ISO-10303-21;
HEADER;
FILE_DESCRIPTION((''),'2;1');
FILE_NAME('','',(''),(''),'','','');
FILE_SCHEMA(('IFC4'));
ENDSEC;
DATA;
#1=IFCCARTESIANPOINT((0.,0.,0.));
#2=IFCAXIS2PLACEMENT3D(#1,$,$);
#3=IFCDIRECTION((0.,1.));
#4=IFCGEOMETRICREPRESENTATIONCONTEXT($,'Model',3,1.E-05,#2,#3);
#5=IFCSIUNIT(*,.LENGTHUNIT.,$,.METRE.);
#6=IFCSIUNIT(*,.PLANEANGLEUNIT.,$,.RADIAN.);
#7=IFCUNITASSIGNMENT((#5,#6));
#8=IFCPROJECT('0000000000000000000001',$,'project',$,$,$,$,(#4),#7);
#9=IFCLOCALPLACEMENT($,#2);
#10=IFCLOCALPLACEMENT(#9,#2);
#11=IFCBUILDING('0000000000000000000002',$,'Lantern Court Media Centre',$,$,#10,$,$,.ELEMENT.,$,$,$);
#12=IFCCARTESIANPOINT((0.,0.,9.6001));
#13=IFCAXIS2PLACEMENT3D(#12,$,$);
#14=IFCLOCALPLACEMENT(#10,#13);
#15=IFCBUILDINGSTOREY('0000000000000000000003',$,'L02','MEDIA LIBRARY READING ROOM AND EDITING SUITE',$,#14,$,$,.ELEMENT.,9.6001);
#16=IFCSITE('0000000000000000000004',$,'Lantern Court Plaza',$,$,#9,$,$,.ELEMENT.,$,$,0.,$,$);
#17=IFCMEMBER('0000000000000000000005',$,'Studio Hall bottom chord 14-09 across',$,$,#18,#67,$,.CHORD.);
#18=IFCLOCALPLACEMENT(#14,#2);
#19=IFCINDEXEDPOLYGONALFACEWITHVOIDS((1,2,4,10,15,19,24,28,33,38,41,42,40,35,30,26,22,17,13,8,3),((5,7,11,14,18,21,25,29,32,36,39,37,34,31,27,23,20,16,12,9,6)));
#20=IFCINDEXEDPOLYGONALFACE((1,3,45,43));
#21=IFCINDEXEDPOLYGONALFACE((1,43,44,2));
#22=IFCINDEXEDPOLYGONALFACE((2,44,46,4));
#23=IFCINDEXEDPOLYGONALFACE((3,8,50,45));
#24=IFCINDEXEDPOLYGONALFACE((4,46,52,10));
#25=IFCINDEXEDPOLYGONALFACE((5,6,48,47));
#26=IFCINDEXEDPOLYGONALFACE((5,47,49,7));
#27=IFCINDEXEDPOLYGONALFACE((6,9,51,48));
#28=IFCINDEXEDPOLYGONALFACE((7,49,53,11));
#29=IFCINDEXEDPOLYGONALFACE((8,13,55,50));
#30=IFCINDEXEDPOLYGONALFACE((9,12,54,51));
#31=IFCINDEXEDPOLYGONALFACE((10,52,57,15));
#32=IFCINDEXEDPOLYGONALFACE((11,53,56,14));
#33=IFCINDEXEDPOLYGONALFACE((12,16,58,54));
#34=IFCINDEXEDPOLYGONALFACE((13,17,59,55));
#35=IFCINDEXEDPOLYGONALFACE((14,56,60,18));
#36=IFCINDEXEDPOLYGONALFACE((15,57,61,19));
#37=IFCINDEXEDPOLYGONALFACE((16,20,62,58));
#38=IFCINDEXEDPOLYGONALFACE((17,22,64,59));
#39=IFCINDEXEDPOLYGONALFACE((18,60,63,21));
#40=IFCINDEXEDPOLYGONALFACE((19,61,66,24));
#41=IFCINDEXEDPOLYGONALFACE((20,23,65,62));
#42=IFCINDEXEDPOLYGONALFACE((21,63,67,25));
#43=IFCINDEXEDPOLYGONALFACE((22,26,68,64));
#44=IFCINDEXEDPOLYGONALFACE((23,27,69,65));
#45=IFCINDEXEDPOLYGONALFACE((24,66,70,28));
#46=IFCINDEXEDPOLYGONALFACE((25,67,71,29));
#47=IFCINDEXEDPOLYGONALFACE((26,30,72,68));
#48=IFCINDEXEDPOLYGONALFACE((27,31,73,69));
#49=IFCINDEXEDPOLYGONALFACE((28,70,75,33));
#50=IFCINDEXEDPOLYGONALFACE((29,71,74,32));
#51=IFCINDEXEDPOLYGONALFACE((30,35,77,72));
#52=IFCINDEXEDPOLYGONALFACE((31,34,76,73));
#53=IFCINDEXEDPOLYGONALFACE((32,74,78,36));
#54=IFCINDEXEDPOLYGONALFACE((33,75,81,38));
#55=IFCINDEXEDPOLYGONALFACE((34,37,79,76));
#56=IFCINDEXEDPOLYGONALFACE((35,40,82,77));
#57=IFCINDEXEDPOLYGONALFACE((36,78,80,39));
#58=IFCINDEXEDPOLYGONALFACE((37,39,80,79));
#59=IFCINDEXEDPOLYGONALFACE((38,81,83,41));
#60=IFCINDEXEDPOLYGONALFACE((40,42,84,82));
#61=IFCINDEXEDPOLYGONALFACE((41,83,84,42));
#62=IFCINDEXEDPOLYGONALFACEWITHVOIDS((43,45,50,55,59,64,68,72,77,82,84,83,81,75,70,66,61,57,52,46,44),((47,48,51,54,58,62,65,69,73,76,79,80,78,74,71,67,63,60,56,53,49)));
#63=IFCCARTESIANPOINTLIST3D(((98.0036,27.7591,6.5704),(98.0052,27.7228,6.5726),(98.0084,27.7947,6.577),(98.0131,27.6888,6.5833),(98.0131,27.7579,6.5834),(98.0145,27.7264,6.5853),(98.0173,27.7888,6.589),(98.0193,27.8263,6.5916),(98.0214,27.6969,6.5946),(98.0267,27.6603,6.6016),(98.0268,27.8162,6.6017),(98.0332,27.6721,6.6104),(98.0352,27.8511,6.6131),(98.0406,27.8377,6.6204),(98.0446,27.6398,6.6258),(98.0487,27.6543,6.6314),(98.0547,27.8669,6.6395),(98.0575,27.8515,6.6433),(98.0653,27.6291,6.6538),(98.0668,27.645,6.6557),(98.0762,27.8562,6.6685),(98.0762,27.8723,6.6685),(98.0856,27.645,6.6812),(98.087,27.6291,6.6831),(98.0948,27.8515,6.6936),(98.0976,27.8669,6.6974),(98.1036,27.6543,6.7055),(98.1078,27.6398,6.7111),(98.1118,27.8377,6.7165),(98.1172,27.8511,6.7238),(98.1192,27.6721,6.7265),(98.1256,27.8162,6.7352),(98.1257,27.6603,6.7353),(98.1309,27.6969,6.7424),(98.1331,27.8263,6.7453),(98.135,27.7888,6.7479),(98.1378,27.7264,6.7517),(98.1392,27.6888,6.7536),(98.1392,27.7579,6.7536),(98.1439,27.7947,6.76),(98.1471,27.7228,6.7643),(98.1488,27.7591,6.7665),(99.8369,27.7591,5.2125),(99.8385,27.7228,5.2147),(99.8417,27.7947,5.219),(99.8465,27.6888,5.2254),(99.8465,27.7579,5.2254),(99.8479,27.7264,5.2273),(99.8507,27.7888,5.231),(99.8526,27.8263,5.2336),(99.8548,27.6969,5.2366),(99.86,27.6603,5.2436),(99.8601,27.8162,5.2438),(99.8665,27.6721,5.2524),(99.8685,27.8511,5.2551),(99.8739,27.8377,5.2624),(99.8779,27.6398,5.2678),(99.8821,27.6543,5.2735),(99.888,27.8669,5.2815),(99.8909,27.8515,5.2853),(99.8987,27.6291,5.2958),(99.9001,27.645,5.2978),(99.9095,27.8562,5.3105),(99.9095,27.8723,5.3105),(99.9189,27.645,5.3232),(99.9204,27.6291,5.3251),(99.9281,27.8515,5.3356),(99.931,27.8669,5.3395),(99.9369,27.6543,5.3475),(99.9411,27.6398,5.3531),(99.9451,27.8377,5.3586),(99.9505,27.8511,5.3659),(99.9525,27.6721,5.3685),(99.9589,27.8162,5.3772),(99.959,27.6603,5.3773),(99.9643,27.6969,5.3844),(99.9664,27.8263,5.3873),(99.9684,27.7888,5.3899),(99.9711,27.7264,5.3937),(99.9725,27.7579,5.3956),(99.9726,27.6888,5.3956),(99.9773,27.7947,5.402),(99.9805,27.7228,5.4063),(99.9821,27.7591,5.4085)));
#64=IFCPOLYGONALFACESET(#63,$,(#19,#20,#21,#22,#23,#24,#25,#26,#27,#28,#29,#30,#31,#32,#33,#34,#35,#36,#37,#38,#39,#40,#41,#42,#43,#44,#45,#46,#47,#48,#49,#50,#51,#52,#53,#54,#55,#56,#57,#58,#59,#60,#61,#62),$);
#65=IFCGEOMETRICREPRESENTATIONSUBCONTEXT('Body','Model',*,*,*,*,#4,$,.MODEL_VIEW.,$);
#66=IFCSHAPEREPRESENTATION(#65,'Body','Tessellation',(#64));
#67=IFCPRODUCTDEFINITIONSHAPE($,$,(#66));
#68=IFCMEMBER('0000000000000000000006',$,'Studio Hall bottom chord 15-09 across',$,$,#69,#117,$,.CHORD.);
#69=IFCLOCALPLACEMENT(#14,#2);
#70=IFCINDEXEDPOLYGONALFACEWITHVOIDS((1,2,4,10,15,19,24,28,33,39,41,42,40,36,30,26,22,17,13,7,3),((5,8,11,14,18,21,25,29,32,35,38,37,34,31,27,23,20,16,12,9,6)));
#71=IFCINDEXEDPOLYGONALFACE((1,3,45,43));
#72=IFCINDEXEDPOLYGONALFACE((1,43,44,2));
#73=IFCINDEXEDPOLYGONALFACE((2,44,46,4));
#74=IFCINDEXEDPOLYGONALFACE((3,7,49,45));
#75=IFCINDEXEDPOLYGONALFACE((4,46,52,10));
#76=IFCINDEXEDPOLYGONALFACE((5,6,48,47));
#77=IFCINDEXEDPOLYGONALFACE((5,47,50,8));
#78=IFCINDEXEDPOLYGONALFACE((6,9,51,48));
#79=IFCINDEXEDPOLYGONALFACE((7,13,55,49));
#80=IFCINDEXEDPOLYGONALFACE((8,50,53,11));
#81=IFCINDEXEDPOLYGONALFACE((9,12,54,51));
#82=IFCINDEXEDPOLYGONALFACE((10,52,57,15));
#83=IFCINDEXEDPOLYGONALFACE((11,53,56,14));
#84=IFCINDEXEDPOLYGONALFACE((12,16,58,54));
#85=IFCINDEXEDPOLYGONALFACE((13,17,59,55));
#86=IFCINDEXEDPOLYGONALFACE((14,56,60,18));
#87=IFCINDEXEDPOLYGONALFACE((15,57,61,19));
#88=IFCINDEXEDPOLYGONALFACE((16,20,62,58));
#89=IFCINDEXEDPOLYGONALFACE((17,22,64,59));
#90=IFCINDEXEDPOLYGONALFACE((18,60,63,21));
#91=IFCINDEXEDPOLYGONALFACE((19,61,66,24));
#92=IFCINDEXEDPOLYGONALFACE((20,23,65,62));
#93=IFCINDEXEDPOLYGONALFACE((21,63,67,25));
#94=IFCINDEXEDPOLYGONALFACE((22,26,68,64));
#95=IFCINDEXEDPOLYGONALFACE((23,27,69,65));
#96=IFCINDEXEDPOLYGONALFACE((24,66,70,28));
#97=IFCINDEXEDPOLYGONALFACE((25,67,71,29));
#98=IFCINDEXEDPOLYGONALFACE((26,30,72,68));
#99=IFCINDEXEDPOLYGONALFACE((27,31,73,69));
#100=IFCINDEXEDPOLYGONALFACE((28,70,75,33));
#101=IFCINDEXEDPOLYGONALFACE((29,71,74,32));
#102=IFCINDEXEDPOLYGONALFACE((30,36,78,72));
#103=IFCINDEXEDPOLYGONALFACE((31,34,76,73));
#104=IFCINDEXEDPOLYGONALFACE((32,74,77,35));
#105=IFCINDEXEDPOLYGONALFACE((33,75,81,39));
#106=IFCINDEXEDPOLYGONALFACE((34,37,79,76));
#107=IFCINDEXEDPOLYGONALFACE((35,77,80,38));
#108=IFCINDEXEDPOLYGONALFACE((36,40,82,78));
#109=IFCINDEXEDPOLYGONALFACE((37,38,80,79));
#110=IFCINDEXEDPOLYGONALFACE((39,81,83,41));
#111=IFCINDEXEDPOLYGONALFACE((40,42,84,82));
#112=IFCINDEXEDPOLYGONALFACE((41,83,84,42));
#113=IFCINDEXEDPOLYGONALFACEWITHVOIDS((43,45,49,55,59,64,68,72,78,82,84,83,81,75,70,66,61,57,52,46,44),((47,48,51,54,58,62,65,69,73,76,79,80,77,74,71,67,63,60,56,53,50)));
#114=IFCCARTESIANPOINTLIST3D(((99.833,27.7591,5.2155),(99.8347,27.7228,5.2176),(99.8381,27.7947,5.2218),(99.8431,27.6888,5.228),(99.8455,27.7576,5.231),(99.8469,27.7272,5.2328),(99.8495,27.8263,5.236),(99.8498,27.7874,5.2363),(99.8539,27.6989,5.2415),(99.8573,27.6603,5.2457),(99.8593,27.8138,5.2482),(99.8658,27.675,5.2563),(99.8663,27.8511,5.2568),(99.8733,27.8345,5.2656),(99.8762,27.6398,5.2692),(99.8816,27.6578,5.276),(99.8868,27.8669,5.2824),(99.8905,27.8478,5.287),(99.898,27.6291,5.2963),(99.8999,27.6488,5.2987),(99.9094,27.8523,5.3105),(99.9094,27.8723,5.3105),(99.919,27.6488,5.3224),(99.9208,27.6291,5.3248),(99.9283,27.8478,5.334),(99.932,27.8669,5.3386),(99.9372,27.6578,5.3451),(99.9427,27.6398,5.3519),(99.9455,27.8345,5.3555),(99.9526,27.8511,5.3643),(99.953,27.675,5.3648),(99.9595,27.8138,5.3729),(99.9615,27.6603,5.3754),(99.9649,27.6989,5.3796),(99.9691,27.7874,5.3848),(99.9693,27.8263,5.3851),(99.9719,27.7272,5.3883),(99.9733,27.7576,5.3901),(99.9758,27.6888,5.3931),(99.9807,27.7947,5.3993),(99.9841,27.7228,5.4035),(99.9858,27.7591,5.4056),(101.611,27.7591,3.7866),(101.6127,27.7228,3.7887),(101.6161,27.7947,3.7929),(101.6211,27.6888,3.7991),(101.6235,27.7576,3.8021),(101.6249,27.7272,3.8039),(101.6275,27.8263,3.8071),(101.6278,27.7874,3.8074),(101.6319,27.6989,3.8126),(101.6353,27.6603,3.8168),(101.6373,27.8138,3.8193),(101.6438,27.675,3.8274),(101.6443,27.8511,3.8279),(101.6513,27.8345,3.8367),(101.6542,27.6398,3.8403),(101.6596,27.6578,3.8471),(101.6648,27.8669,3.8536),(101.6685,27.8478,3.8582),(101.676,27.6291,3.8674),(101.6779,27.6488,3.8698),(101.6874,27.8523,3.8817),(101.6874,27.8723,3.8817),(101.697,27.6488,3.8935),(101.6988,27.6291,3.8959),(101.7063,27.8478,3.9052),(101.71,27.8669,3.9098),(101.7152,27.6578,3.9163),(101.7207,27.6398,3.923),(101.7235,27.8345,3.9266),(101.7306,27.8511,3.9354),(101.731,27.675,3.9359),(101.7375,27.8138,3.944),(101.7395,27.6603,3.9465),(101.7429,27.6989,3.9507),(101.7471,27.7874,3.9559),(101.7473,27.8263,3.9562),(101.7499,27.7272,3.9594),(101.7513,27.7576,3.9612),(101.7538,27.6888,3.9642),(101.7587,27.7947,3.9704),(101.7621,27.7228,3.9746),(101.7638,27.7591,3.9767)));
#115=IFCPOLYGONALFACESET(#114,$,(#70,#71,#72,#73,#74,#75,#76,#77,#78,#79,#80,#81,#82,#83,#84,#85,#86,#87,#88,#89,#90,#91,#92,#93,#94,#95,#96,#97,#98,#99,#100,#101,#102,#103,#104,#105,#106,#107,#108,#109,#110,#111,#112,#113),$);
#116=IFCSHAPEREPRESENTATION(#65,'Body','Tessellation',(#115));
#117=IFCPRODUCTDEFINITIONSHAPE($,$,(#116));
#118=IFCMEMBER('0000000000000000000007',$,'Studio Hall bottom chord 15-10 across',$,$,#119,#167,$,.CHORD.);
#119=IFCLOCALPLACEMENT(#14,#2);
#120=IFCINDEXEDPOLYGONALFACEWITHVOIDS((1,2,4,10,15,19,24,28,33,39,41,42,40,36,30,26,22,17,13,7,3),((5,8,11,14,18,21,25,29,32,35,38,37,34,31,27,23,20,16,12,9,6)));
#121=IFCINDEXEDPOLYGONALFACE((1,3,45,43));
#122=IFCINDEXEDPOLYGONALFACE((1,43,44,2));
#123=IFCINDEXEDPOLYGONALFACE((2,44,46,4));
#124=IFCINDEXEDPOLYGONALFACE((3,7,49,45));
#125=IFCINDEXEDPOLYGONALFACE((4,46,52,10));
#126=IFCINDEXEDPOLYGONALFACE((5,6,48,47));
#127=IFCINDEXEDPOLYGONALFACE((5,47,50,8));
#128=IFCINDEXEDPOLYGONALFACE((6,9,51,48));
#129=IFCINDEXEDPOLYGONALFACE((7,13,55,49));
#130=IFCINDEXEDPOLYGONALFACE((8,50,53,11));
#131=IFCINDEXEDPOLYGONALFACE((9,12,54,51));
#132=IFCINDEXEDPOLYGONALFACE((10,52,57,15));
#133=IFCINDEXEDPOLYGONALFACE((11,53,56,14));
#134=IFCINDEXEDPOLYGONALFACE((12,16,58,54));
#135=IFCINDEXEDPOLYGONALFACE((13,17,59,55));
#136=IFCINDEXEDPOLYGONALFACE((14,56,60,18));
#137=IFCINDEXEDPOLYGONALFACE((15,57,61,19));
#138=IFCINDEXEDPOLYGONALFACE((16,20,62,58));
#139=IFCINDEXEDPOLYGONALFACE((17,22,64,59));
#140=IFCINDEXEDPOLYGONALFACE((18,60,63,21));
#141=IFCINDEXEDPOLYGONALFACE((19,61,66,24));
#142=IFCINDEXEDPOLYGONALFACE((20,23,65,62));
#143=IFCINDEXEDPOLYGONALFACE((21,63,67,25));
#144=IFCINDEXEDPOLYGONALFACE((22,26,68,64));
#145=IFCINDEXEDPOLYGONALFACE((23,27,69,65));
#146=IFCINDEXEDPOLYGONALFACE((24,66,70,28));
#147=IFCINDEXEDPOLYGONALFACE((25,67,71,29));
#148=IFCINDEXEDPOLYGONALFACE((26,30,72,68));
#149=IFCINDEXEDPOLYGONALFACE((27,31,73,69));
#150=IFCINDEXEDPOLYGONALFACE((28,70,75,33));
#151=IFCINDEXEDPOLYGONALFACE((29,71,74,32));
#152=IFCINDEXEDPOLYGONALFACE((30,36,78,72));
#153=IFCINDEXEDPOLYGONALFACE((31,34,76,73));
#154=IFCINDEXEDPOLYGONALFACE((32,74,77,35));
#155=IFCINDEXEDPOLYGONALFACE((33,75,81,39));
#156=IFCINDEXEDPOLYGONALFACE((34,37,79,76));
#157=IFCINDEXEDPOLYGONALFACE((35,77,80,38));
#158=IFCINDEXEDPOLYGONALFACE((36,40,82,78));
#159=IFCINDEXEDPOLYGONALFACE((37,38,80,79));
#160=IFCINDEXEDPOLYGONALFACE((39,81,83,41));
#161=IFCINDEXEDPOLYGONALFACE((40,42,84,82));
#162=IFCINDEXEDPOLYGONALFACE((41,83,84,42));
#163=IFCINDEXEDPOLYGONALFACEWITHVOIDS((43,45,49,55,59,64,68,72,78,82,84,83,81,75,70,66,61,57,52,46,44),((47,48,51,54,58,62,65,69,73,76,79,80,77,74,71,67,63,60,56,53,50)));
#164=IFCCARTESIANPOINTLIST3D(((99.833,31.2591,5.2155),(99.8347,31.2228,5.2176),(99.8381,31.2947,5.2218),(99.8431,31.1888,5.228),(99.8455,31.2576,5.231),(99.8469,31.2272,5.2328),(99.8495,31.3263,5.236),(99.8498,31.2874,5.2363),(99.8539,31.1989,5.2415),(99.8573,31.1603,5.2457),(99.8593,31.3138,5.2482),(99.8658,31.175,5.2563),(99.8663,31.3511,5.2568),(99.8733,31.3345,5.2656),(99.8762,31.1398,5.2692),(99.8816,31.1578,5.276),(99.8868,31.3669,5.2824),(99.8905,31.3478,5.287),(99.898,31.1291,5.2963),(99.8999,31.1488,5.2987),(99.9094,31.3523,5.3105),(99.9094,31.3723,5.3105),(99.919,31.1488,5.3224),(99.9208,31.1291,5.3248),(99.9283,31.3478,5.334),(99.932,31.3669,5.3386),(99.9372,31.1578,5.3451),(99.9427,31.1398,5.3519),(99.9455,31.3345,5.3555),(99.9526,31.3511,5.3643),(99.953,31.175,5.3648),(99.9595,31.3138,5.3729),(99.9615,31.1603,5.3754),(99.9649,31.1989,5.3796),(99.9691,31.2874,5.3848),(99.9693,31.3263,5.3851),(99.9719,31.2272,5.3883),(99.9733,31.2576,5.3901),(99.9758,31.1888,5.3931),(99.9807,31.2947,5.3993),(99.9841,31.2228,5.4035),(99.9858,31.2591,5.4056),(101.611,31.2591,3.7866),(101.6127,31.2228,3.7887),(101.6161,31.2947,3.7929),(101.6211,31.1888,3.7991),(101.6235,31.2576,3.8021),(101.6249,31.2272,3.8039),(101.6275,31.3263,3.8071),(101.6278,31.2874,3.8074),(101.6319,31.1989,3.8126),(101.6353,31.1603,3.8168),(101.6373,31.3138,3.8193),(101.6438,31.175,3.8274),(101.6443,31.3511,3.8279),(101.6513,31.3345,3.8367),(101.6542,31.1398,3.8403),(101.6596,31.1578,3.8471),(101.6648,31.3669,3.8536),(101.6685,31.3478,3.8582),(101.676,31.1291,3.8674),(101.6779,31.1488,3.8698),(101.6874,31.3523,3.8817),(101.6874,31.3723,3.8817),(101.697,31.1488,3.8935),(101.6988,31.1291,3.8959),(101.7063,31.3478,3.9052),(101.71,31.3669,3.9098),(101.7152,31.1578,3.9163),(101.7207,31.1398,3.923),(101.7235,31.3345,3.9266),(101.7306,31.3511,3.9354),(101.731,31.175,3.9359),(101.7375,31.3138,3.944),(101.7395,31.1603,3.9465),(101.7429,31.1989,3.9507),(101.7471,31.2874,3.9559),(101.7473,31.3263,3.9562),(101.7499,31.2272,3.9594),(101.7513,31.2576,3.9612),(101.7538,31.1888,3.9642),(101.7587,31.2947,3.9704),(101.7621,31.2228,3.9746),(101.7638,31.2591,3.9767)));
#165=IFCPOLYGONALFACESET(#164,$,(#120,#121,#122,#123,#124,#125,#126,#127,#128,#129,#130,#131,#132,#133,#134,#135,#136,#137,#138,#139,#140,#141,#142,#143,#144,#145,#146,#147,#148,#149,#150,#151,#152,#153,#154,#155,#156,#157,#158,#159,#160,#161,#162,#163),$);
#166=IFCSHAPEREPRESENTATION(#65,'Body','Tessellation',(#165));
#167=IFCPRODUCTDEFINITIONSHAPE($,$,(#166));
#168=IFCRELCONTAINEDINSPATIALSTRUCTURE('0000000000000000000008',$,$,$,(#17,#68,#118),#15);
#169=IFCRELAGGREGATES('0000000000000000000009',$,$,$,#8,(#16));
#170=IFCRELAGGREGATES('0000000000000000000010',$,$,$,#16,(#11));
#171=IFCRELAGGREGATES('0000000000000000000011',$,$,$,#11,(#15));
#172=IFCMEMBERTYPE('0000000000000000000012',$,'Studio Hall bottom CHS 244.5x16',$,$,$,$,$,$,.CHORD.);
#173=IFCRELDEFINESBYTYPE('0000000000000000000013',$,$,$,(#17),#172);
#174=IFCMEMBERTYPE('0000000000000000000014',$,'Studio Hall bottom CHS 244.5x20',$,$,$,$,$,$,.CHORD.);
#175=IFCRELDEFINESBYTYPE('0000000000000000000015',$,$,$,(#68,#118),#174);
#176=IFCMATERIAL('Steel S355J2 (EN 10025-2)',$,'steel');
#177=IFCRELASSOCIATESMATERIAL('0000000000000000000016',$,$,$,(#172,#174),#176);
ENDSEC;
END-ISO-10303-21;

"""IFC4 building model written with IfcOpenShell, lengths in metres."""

from ifc_helpers import new_model, si_unit, direction, frame, origin, origin_2d, place, context, subcontext, project, spatial, hollow_circle, extrude, material, material_profile, profile_set, type_object, element, save


model = new_model("IFC4")

# Units and contexts
model_context = context("Model", 3, precision=1e-05, world=origin(), true_north=direction((0.0, 1.0)))
body_context = subcontext(model_context, "Body", "Model", "MODEL_VIEW")
ifc_project = project(units=[si_unit("LENGTHUNIT", "METRE"), si_unit("PLANEANGLEUNIT", "RADIAN")], contexts=[model_context])

# Site, building, storey
site_placement = place(None, origin())
site = spatial("IfcSite", under=ifc_project, at=site_placement, Name="Lantern Court Plaza", CompositionType="ELEMENT", RefElevation=0.0)
building_placement = place(site_placement, origin())
building = spatial("IfcBuilding", under=site, at=building_placement, Name="Lantern Court Media Centre", CompositionType="ELEMENT")
storey_placement = place(building_placement, frame((0.0, 0.0, 9.6001)))
storey = spatial("IfcBuildingStorey", under=building, at=storey_placement, Name="L02", Description="MEDIA LIBRARY READING ROOM AND EDITING SUITE", CompositionType="ELEMENT", Elevation=9.6001)

# Members
ifc_material = material(Name="Steel S355J2 (EN 10025-2)", Category="steel")
ifc_material_profile_1 = material_profile(ifc_material, hollow_circle(Radius=0.1223, WallThickness=0.0161, at=origin_2d()), Name="Studio Hall bottom CHS 244.5x16")
ifc_profile_set_1 = profile_set([ifc_material_profile_1], Name="Steel S355J2 (EN 10025-2)")
member_type_1 = type_object("IfcMemberType", Name="Studio Hall bottom CHS 244.5x16", PredefinedType="CHORD", material=ifc_profile_set_1)
member_1_placement = place(storey_placement, frame((98.0762, 27.75, 6.6685), z_axis=(0.803569, 0.0, -0.595212), x_axis=(0.0, 1.0, 0.0)))
element("IfcMember", 1, at=member_1_placement, inside=storey, type_object=member_type_1, Name="Studio Hall bottom chord 14-09 across", PredefinedType="CHORD", context=body_context, shape_type="SweptSolid", body=[
    extrude(hollow_circle(Radius=0.1223, WallThickness=0.0161, at=origin_2d()), origin(), (0.0, 0.0, 1.0), 2.2815),
])
ifc_material_profile_2 = material_profile(ifc_material, hollow_circle(Radius=0.1223, WallThickness=0.02, at=origin_2d()), Name="Studio Hall bottom CHS 244.5x20")
ifc_profile_set_2 = profile_set([ifc_material_profile_2], Name="Steel S355J2 (EN 10025-2)")
member_type_2 = type_object("IfcMemberType", Name="Studio Hall bottom CHS 244.5x20", PredefinedType="CHORD", material=ifc_profile_set_2)
for number, where, z_axis, x_axis, name in (
    (2, (99.9094, 27.75, 5.3105), (0.779478, 0.0, -0.626429), (0.0, 1.0, 0.0), "Studio Hall bottom chord 15-09 across"),
    (3, (99.9094, 31.25, 5.3105), (0.779478, 0.0, -0.626429), (0.0, 1.0, 0.0), "Studio Hall bottom chord 15-10 across"),
):
    element("IfcMember", number, at=place(storey_placement, frame(where, z_axis=z_axis, x_axis=x_axis)), inside=storey, type_object=member_type_2, Name=name, PredefinedType="CHORD", context=body_context, shape_type="SweptSolid", body=[
        extrude(hollow_circle(Radius=0.1223, WallThickness=0.02, at=origin_2d()), origin(), (0.0, 0.0, 1.0), 2.281),
    ])

save(model, "model.ifc")
